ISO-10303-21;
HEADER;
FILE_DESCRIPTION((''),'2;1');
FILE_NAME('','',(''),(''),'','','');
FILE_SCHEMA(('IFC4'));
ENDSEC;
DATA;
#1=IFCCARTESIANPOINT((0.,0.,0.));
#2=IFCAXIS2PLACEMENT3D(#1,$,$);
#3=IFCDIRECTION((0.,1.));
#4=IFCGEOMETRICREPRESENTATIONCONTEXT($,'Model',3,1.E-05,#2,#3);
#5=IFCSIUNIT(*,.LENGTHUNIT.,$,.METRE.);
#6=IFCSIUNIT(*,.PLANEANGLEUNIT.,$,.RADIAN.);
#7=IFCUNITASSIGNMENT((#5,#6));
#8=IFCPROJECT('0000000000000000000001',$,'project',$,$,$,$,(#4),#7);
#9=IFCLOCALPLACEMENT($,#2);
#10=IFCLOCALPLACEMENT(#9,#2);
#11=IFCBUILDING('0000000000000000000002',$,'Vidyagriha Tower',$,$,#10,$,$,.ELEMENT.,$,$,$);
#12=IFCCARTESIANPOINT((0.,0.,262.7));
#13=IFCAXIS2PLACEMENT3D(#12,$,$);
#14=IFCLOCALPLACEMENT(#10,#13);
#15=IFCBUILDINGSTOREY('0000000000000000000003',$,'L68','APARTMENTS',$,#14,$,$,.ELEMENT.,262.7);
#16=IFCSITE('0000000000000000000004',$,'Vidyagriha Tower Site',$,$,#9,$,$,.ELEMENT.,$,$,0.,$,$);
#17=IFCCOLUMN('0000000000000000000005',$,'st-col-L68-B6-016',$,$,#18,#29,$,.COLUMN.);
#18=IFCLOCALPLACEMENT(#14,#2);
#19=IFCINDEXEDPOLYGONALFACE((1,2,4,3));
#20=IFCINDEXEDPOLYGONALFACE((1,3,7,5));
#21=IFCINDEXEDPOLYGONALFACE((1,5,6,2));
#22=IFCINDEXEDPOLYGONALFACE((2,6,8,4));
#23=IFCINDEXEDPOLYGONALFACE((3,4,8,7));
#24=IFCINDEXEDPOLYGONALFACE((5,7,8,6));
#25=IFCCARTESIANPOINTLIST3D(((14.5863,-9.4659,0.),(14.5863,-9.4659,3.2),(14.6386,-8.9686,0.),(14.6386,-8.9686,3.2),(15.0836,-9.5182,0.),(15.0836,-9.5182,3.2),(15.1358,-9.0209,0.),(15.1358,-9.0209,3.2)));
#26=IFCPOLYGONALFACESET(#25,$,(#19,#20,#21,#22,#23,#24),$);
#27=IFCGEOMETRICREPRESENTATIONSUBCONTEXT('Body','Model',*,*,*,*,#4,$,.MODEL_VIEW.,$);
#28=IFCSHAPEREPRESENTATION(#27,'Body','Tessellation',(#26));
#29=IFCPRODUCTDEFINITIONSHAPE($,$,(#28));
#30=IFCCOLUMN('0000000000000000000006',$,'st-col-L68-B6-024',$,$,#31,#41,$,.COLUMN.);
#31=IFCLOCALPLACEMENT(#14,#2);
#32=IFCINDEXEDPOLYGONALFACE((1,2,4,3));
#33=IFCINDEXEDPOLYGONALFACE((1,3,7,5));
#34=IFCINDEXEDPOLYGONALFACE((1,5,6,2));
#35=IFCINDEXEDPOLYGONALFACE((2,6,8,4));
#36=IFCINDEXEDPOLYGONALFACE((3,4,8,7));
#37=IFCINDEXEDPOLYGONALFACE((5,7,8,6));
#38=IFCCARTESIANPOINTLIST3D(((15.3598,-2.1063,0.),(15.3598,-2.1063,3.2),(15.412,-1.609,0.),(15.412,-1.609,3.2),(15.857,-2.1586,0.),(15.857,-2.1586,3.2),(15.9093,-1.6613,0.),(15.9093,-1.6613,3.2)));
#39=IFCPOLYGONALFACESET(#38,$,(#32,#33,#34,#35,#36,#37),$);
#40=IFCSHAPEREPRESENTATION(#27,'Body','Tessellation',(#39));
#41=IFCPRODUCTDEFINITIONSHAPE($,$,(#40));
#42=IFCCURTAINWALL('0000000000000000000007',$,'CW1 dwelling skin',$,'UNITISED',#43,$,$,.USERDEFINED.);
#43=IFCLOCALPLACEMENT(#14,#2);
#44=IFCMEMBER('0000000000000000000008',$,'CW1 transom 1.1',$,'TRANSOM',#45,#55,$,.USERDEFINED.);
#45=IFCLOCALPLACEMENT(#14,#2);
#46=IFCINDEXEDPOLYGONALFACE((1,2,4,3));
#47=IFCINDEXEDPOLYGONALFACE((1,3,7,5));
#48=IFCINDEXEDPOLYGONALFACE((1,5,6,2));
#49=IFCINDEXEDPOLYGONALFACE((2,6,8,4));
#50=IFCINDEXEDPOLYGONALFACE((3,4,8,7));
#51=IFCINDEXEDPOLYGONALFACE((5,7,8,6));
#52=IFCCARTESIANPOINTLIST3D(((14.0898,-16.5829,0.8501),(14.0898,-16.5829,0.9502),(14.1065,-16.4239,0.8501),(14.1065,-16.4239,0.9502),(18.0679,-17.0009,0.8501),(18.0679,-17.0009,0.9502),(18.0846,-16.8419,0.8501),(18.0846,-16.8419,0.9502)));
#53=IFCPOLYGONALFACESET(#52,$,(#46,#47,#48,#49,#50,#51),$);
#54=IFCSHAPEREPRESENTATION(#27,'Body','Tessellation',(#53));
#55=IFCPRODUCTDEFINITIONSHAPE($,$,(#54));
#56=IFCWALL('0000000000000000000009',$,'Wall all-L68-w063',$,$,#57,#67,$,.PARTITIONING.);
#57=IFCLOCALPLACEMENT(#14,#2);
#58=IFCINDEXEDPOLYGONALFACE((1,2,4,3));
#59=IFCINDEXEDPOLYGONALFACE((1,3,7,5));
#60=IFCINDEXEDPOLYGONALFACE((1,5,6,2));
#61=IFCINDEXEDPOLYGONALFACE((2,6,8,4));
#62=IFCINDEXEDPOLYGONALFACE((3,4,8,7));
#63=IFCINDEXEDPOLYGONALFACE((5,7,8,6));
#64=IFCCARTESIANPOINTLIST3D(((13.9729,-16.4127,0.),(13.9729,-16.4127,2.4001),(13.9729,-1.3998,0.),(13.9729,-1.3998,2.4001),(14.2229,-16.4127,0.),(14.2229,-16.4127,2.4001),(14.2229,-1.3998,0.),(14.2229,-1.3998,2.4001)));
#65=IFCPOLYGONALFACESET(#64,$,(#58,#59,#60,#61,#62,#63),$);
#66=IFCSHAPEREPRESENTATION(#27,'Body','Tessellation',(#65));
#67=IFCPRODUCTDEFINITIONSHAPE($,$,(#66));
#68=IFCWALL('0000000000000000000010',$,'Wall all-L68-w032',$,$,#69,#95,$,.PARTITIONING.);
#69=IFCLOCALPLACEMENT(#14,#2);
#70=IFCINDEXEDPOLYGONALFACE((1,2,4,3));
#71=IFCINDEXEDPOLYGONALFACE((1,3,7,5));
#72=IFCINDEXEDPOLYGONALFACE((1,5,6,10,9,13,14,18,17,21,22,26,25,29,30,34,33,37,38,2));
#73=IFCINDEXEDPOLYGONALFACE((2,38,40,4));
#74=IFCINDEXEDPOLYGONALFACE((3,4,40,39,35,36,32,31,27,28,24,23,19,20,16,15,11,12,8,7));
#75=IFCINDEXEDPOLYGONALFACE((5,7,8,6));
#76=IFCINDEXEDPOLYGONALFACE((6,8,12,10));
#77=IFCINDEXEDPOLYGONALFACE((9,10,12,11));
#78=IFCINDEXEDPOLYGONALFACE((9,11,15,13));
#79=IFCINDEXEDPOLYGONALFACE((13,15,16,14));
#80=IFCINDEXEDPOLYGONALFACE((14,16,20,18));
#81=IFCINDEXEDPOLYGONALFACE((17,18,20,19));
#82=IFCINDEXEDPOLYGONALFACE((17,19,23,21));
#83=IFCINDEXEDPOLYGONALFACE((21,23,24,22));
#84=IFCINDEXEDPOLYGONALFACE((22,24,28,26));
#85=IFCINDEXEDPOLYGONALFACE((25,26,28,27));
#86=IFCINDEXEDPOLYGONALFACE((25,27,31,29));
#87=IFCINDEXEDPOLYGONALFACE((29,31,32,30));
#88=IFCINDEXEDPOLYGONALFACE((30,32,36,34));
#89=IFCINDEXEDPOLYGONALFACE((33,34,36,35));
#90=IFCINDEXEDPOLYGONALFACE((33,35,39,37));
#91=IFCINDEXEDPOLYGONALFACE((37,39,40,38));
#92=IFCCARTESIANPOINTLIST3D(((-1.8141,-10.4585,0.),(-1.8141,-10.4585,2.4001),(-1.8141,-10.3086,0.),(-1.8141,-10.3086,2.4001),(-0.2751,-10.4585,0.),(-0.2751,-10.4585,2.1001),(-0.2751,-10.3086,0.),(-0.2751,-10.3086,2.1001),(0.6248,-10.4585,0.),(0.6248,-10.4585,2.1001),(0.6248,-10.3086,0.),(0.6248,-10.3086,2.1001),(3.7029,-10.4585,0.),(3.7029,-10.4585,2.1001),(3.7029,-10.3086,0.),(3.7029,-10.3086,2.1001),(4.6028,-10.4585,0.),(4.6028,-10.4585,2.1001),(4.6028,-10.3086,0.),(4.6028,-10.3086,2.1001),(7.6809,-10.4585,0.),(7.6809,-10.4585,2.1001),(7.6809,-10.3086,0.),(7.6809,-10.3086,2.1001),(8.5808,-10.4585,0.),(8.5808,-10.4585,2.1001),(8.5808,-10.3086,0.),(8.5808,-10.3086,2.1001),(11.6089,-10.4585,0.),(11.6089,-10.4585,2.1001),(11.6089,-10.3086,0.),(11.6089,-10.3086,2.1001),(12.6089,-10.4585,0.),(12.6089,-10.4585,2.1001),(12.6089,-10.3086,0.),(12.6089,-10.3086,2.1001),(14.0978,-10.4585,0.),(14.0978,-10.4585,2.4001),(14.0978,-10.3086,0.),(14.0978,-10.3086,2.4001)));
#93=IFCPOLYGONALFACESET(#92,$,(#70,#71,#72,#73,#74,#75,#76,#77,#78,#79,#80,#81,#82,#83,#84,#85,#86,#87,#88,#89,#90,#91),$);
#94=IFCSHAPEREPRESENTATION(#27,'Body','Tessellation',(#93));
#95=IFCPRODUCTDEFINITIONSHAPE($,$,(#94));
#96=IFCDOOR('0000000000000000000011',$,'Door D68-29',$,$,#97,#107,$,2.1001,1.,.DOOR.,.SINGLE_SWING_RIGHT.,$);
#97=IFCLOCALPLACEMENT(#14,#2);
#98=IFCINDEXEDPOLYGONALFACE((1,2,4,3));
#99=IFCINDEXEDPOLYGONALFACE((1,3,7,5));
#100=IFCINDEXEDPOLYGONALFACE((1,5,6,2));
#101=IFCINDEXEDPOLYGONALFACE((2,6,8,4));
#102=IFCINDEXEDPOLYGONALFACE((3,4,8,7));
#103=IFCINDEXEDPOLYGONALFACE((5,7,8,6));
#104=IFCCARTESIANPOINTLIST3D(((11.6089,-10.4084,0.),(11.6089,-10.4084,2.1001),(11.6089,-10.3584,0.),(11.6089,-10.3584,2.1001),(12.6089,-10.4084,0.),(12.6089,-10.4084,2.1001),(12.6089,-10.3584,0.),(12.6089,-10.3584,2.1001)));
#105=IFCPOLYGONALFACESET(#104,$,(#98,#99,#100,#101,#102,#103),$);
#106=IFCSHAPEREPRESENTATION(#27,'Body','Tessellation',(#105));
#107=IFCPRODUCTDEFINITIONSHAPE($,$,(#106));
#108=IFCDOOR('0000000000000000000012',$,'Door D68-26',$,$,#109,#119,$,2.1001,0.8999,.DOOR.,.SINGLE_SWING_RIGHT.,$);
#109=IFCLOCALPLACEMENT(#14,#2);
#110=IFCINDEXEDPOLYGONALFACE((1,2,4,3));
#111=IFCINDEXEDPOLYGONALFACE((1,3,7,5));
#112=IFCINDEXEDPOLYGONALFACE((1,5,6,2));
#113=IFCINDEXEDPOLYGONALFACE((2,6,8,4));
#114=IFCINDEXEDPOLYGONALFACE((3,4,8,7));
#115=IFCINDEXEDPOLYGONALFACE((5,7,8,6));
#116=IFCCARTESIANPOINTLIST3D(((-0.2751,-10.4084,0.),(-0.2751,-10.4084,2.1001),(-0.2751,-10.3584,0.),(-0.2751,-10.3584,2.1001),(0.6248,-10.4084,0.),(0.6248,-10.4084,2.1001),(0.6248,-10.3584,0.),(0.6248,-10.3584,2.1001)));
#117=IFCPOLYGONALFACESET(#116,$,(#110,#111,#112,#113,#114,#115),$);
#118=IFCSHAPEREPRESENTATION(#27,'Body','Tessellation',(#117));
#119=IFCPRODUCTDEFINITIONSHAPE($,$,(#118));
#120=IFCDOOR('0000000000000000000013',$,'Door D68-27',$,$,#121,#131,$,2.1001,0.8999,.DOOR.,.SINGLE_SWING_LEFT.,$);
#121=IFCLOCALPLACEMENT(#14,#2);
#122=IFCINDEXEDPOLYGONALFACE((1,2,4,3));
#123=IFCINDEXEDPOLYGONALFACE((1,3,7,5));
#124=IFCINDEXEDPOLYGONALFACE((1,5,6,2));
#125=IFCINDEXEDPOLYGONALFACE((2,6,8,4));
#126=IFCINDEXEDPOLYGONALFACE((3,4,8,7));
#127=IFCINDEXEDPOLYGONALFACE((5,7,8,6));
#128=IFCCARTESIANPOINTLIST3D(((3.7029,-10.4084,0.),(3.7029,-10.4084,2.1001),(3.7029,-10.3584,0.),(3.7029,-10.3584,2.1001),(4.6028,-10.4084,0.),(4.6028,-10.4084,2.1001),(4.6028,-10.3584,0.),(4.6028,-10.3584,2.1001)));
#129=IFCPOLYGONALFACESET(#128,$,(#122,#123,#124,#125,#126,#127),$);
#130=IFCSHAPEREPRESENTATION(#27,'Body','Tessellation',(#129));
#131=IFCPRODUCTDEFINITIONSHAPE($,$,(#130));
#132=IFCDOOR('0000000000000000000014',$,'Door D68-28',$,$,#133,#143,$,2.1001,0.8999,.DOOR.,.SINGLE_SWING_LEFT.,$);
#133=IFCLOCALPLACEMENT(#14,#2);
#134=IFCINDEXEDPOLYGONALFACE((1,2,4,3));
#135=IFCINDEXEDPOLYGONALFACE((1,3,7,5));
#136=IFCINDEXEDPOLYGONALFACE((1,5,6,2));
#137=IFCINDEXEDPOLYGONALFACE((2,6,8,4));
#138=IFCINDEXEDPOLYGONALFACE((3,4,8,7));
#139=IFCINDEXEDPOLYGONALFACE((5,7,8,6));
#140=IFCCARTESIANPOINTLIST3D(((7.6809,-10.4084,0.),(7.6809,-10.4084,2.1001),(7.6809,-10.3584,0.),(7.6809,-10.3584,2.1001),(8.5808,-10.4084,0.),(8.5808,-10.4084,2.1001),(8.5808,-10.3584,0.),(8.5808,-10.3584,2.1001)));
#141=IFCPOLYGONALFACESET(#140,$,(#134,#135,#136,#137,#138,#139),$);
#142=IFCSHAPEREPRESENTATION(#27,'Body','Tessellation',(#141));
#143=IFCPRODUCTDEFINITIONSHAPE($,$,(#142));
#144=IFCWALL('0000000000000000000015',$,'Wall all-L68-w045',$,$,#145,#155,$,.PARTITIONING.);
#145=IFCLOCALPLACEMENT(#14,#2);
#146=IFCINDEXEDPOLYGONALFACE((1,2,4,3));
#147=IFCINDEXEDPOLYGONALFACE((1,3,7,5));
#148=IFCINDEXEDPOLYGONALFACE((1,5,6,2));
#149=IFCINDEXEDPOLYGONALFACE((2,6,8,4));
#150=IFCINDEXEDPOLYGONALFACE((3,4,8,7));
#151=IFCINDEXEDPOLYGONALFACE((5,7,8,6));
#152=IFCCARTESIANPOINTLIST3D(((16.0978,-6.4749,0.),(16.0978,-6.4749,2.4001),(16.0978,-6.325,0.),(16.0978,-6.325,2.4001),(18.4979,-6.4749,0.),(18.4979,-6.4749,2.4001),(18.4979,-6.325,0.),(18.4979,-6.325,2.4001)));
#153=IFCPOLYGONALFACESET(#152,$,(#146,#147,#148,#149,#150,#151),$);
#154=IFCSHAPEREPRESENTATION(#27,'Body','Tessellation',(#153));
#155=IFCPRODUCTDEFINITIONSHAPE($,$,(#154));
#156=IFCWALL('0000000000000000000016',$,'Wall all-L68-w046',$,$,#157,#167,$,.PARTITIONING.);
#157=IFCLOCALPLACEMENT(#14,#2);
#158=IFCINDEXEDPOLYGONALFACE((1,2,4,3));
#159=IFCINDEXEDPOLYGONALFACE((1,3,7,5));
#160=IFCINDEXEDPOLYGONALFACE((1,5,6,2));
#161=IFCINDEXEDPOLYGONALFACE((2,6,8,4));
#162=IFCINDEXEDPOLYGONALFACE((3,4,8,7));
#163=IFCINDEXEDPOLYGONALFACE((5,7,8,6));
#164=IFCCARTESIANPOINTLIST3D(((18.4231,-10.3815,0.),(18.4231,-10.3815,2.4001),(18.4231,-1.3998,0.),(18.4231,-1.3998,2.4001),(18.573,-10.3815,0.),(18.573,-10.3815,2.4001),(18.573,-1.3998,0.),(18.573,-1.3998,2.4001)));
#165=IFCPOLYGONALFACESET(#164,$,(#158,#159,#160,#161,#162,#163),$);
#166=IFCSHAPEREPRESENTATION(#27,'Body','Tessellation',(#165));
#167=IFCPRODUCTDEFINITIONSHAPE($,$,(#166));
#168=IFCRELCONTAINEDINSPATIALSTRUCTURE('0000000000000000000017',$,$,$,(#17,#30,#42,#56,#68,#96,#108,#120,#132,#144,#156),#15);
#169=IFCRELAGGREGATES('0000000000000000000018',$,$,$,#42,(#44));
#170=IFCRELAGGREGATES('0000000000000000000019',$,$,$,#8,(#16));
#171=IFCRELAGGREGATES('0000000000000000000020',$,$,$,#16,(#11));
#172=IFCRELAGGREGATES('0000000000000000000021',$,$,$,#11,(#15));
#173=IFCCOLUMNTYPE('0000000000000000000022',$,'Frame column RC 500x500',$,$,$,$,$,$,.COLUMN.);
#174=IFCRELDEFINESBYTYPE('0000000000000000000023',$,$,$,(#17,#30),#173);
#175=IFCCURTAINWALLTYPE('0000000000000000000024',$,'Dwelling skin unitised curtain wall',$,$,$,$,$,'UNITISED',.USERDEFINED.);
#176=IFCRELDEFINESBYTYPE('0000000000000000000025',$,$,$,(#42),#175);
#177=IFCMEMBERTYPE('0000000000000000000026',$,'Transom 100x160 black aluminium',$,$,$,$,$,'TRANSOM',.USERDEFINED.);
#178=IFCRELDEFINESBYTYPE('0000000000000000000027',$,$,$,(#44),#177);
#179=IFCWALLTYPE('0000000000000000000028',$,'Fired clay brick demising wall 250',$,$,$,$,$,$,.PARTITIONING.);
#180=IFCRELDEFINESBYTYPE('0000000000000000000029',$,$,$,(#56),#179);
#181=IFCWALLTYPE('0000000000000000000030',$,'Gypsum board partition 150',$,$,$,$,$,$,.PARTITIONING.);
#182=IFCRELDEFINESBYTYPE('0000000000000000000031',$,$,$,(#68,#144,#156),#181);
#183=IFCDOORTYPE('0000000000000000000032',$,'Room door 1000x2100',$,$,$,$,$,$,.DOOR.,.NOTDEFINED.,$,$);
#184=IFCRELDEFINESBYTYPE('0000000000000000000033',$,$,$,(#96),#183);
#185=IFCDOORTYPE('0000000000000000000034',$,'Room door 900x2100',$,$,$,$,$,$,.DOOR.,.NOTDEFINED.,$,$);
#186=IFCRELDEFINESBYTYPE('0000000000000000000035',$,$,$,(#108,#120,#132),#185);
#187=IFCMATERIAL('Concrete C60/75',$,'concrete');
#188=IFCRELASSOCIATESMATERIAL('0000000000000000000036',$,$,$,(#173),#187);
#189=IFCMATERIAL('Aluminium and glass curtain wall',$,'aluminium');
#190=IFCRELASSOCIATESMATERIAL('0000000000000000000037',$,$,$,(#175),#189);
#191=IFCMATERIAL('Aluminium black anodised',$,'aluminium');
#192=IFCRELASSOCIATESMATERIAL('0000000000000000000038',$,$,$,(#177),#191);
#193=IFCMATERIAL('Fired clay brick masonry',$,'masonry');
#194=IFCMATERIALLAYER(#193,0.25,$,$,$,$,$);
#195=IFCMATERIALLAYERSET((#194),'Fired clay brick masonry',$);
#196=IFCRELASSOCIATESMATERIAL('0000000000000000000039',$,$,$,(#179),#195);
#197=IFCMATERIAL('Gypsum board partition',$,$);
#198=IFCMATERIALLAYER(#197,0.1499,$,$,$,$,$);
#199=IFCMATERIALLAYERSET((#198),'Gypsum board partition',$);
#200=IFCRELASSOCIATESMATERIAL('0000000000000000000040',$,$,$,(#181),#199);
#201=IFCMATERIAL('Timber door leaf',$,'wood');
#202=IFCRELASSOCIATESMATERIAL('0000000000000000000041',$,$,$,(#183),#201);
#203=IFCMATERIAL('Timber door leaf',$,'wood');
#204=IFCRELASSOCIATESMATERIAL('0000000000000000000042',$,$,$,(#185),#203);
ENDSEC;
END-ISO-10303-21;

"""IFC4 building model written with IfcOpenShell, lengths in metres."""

from ifc_helpers import new_model, si_unit, direction, frame, frame_2d, origin, origin_2d, place, context, subcontext, project, spatial, rectangle, extrude, material, layer, layer_set, material_profile, profile_set, type_object, element, fill, aggregate, save


model = new_model("IFC4")

# Units and contexts
model_context = context("Model", 3, precision=1e-05, world=origin(), true_north=direction((0.0, 1.0)))
body_context = subcontext(model_context, "Body", "Model", "MODEL_VIEW")
ifc_project = project(units=[si_unit("LENGTHUNIT", "METRE"), si_unit("PLANEANGLEUNIT", "RADIAN")], contexts=[model_context])

# Site, building, storey
site_placement = place(None, origin())
site = spatial("IfcSite", under=ifc_project, at=site_placement, Name="Vidyagriha Tower Site", CompositionType="ELEMENT", RefElevation=0.0)
building_placement = place(site_placement, origin())
building = spatial("IfcBuilding", under=site, at=building_placement, Name="Vidyagriha Tower", CompositionType="ELEMENT")
storey_placement = place(building_placement, frame((0.0, 0.0, 262.7)))
storey = spatial("IfcBuildingStorey", under=building, at=storey_placement, Name="L68", Description="APARTMENTS", CompositionType="ELEMENT", Elevation=262.7)

# Columns
ifc_material_1 = material(Name="Concrete C60/75", Category="concrete")
ifc_material_profile_1 = material_profile(ifc_material_1, rectangle(XDim=0.5, YDim=0.5, at=origin_2d()), Name="RC 500x500")
ifc_profile_set_1 = profile_set([ifc_material_profile_1], Name="Concrete C60/75")
column_type = type_object("IfcColumnType", Name="Frame column RC 500x500", PredefinedType="COLUMN", material=ifc_profile_set_1)
for number, where, z_axis, x_axis, name in (
    (1, (14.8611, -9.2434, 0.0), (0.0, 0.0, 1.0), (0.994522, -0.104528, 0.0), "st-col-L68-B6-016"),
    (2, (15.6345, -1.8838, 0.0), (0.0, 0.0, 1.0), (0.994522, -0.104528, 0.0), "st-col-L68-B6-024"),
):
    element("IfcColumn", number, at=place(storey_placement, frame(where, z_axis=z_axis, x_axis=x_axis)), inside=storey, type_object=column_type, Name=name, PredefinedType="COLUMN", context=body_context, shape_type="SweptSolid", body=[
        extrude(rectangle(XDim=0.5, YDim=0.5, at=origin_2d()), origin(), (0.0, 0.0, 1.0), 3.2),
    ])

# Curtain wall, member
ifc_material_2 = material(Name="Aluminium and glass curtain wall", Category="aluminium")
curtain_wall_type = type_object("IfcCurtainWallType", Name="Dwelling skin unitised curtain wall", ElementType="UNITISED", PredefinedType="USERDEFINED", material=ifc_material_2)
curtain_wall_placement = place(storey_placement, origin())
curtain_wall = element("IfcCurtainWall", 3, at=curtain_wall_placement, inside=storey, type_object=curtain_wall_type, Name="CW1 dwelling skin", ObjectType="UNITISED", PredefinedType="USERDEFINED")
ifc_material_3 = material(Name="Aluminium black anodised", Category="aluminium")
ifc_material_profile_2 = material_profile(ifc_material_3, rectangle(XDim=0.1599, YDim=0.1001, at=origin_2d()), Name="Transom 100x160 black aluminium")
ifc_profile_set_2 = profile_set([ifc_material_profile_2], Name="Aluminium black anodised")
member_type = type_object("IfcMemberType", Name="Transom 100x160 black aluminium", ElementType="TRANSOM", PredefinedType="USERDEFINED", material=ifc_profile_set_2)
member_placement = place(storey_placement, frame((14.0981, -16.5034, 0.9001), z_axis=(0.994526, -0.104494, 0.0), x_axis=(0.104494, 0.994526, 0.0)))
member = element("IfcMember", 4, at=member_placement, type_object=member_type, Name="CW1 transom 1.1", ObjectType="TRANSOM", PredefinedType="USERDEFINED", context=body_context, shape_type="SweptSolid", body=[
    extrude(rectangle(XDim=0.1599, YDim=0.1001, at=origin_2d()), origin(), (0.0, 0.0, 1.0), 4.0),
])
aggregate(curtain_wall, [member])

# Wall
ifc_material_4 = material(Name="Fired clay brick masonry", Category="masonry")
ifc_layer_1 = layer(ifc_material_4, 0.25)
ifc_layer_set_1 = layer_set([ifc_layer_1], Name="Fired clay brick masonry")
wall_type_1 = type_object("IfcWallType", Name="Fired clay brick demising wall 250", PredefinedType="PARTITIONING", material=ifc_layer_set_1)
wall_1_placement = place(storey_placement, frame((14.0979, -1.3999, 0.0), z_axis=(0.0, 0.0, 1.0), x_axis=(0.0, -1.0, 0.0)))
element("IfcWall", 5, at=wall_1_placement, inside=storey, type_object=wall_type_1, Name="Wall all-L68-w063", PredefinedType="PARTITIONING", context=body_context, shape_type="SweptSolid", body=[
    extrude(rectangle(XDim=15.0129, YDim=0.25, at=frame_2d((7.5063, 0.0))), origin(), (0.0, 0.0, 1.0), 2.4001),
])

# Wall, openings, doors
ifc_material_5 = material(Name="Gypsum board partition")
ifc_layer_2 = layer(ifc_material_5, 0.1499)
ifc_layer_set_2 = layer_set([ifc_layer_2], Name="Gypsum board partition")
wall_type_2 = type_object("IfcWallType", Name="Gypsum board partition 150", PredefinedType="PARTITIONING", material=ifc_layer_set_2)
wall_2_placement = place(storey_placement, frame((14.0979, -10.3835, 0.0), z_axis=(0.0, 0.0, 1.0), x_axis=(-1.0, 0.0, 0.0)))
wall_2 = element("IfcWall", 6, at=wall_2_placement, inside=storey, type_object=wall_type_2, Name="Wall all-L68-w032", PredefinedType="PARTITIONING", context=body_context, shape_type="SweptSolid", body=[
    extrude(rectangle(XDim=15.9119, YDim=0.1499, at=frame_2d((7.9561, 0.0))), origin(), (0.0, 0.0, 1.0), 2.4001),
])
opening_1_placement = place(wall_2_placement, frame((13.4731, 0.0, 0.0)))
opening_1 = element("IfcOpeningElement", 7, at=opening_1_placement, cuts=wall_2, PredefinedType="OPENING", context=body_context, shape_type="SweptSolid", body=[
    extrude(rectangle(XDim=0.8999, YDim=2.1001, at=frame_2d((0.45, 1.05))), frame((0.0, 0.085, 0.0), z_axis=(0.0, -1.0, 0.0), x_axis=(1.0, 0.0, 0.0)), (0.0, 0.0, 1.0), 0.1699),
])
opening_2_placement = place(wall_2_placement, frame((9.4951, 0.0, 0.0)))
opening_2 = element("IfcOpeningElement", 8, at=opening_2_placement, cuts=wall_2, PredefinedType="OPENING", context=body_context, shape_type="SweptSolid", body=[
    extrude(rectangle(XDim=0.8999, YDim=2.1001, at=frame_2d((0.45, 1.05))), frame((0.0, 0.085, 0.0), z_axis=(0.0, -1.0, 0.0), x_axis=(1.0, 0.0, 0.0)), (0.0, 0.0, 1.0), 0.1699),
])
opening_3_placement = place(wall_2_placement, frame((5.5171, 0.0, 0.0)))
opening_3 = element("IfcOpeningElement", 9, at=opening_3_placement, cuts=wall_2, PredefinedType="OPENING", context=body_context, shape_type="SweptSolid", body=[
    extrude(rectangle(XDim=0.8999, YDim=2.1001, at=frame_2d((0.45, 1.05))), frame((0.0, 0.085, 0.0), z_axis=(0.0, -1.0, 0.0), x_axis=(1.0, 0.0, 0.0)), (0.0, 0.0, 1.0), 0.1699),
])
opening_4_placement = place(wall_2_placement, frame((1.489, 0.0, 0.0)))
opening_4 = element("IfcOpeningElement", 10, at=opening_4_placement, cuts=wall_2, PredefinedType="OPENING", context=body_context, shape_type="SweptSolid", body=[
    extrude(rectangle(XDim=1.0, YDim=2.1001, at=frame_2d((0.5, 1.05))), frame((0.0, 0.085, 0.0), z_axis=(0.0, -1.0, 0.0), x_axis=(1.0, 0.0, 0.0)), (0.0, 0.0, 1.0), 0.1699),
])
ifc_material_6 = material(Name="Timber door leaf", Category="wood")
door_type_1 = type_object("IfcDoorType", Name="Room door 1000x2100", OperationType="NOTDEFINED", PredefinedType="DOOR", material=ifc_material_6)
door_1_placement = place(opening_4_placement, origin())
door_1 = element("IfcDoor", 11, at=door_1_placement, inside=storey, type_object=door_type_1, Name="Door D68-29", OperationType="SINGLE_SWING_RIGHT", OverallHeight=2.1001, OverallWidth=1.0, PredefinedType="DOOR", context=body_context, shape_type="SweptSolid", body=[
    extrude(rectangle(XDim=1.0, YDim=2.1001, at=frame_2d((0.5, 1.05))), frame((0.0, 0.0249, 0.0), z_axis=(0.0, -1.0, 0.0), x_axis=(1.0, 0.0, 0.0)), (0.0, 0.0, 1.0), 0.05),
])
fill(opening_4, door_1)
ifc_material_7 = material(Name="Timber door leaf", Category="wood")
door_type_2 = type_object("IfcDoorType", Name="Room door 900x2100", OperationType="NOTDEFINED", PredefinedType="DOOR", material=ifc_material_7)
door_2_placement = place(opening_1_placement, origin())
door_2 = element("IfcDoor", 12, at=door_2_placement, inside=storey, type_object=door_type_2, Name="Door D68-26", OperationType="SINGLE_SWING_RIGHT", OverallHeight=2.1001, OverallWidth=0.8999, PredefinedType="DOOR", context=body_context, shape_type="SweptSolid", body=[
    extrude(rectangle(XDim=0.8999, YDim=2.1001, at=frame_2d((0.45, 1.05))), frame((0.0, 0.0249, 0.0), z_axis=(0.0, -1.0, 0.0), x_axis=(1.0, 0.0, 0.0)), (0.0, 0.0, 1.0), 0.05),
])
fill(opening_1, door_2)
door_3_placement = place(opening_2_placement, origin())
door_3 = element("IfcDoor", 13, at=door_3_placement, inside=storey, type_object=door_type_2, Name="Door D68-27", OperationType="SINGLE_SWING_LEFT", OverallHeight=2.1001, OverallWidth=0.8999, PredefinedType="DOOR", context=body_context, shape_type="SweptSolid", body=[
    extrude(rectangle(XDim=0.8999, YDim=2.1001, at=frame_2d((0.45, 1.05))), frame((0.0, 0.0249, 0.0), z_axis=(0.0, -1.0, 0.0), x_axis=(1.0, 0.0, 0.0)), (0.0, 0.0, 1.0), 0.05),
])
fill(opening_2, door_3)
door_4_placement = place(opening_3_placement, origin())
door_4 = element("IfcDoor", 14, at=door_4_placement, inside=storey, type_object=door_type_2, Name="Door D68-28", OperationType="SINGLE_SWING_LEFT", OverallHeight=2.1001, OverallWidth=0.8999, PredefinedType="DOOR", context=body_context, shape_type="SweptSolid", body=[
    extrude(rectangle(XDim=0.8999, YDim=2.1001, at=frame_2d((0.45, 1.05))), frame((0.0, 0.0249, 0.0), z_axis=(0.0, -1.0, 0.0), x_axis=(1.0, 0.0, 0.0)), (0.0, 0.0, 1.0), 0.05),
])
fill(opening_3, door_4)

# Walls
wall_3_placement = place(storey_placement, frame((18.498, -6.3999, 0.0), z_axis=(0.0, 0.0, 1.0), x_axis=(-1.0, 0.0, 0.0)))
element("IfcWall", 15, at=wall_3_placement, inside=storey, type_object=wall_type_2, Name="Wall all-L68-w045", PredefinedType="PARTITIONING", context=body_context, shape_type="SweptSolid", body=[
    extrude(rectangle(XDim=2.4001, YDim=0.1499, at=frame_2d((1.2002, 0.0))), origin(), (0.0, 0.0, 1.0), 2.4001),
])
wall_4_placement = place(storey_placement, frame((18.498, -1.3999, 0.0), z_axis=(0.0, 0.0, 1.0), x_axis=(0.0, -1.0, 0.0)))
element("IfcWall", 16, at=wall_4_placement, inside=storey, type_object=wall_type_2, Name="Wall all-L68-w046", PredefinedType="PARTITIONING", context=body_context, shape_type="SweptSolid", body=[
    extrude(rectangle(XDim=8.9817, YDim=0.1499, at=frame_2d((4.4907, 0.0))), origin(), (0.0, 0.0, 1.0), 2.4001),
])

save(model, "model.ifc")
